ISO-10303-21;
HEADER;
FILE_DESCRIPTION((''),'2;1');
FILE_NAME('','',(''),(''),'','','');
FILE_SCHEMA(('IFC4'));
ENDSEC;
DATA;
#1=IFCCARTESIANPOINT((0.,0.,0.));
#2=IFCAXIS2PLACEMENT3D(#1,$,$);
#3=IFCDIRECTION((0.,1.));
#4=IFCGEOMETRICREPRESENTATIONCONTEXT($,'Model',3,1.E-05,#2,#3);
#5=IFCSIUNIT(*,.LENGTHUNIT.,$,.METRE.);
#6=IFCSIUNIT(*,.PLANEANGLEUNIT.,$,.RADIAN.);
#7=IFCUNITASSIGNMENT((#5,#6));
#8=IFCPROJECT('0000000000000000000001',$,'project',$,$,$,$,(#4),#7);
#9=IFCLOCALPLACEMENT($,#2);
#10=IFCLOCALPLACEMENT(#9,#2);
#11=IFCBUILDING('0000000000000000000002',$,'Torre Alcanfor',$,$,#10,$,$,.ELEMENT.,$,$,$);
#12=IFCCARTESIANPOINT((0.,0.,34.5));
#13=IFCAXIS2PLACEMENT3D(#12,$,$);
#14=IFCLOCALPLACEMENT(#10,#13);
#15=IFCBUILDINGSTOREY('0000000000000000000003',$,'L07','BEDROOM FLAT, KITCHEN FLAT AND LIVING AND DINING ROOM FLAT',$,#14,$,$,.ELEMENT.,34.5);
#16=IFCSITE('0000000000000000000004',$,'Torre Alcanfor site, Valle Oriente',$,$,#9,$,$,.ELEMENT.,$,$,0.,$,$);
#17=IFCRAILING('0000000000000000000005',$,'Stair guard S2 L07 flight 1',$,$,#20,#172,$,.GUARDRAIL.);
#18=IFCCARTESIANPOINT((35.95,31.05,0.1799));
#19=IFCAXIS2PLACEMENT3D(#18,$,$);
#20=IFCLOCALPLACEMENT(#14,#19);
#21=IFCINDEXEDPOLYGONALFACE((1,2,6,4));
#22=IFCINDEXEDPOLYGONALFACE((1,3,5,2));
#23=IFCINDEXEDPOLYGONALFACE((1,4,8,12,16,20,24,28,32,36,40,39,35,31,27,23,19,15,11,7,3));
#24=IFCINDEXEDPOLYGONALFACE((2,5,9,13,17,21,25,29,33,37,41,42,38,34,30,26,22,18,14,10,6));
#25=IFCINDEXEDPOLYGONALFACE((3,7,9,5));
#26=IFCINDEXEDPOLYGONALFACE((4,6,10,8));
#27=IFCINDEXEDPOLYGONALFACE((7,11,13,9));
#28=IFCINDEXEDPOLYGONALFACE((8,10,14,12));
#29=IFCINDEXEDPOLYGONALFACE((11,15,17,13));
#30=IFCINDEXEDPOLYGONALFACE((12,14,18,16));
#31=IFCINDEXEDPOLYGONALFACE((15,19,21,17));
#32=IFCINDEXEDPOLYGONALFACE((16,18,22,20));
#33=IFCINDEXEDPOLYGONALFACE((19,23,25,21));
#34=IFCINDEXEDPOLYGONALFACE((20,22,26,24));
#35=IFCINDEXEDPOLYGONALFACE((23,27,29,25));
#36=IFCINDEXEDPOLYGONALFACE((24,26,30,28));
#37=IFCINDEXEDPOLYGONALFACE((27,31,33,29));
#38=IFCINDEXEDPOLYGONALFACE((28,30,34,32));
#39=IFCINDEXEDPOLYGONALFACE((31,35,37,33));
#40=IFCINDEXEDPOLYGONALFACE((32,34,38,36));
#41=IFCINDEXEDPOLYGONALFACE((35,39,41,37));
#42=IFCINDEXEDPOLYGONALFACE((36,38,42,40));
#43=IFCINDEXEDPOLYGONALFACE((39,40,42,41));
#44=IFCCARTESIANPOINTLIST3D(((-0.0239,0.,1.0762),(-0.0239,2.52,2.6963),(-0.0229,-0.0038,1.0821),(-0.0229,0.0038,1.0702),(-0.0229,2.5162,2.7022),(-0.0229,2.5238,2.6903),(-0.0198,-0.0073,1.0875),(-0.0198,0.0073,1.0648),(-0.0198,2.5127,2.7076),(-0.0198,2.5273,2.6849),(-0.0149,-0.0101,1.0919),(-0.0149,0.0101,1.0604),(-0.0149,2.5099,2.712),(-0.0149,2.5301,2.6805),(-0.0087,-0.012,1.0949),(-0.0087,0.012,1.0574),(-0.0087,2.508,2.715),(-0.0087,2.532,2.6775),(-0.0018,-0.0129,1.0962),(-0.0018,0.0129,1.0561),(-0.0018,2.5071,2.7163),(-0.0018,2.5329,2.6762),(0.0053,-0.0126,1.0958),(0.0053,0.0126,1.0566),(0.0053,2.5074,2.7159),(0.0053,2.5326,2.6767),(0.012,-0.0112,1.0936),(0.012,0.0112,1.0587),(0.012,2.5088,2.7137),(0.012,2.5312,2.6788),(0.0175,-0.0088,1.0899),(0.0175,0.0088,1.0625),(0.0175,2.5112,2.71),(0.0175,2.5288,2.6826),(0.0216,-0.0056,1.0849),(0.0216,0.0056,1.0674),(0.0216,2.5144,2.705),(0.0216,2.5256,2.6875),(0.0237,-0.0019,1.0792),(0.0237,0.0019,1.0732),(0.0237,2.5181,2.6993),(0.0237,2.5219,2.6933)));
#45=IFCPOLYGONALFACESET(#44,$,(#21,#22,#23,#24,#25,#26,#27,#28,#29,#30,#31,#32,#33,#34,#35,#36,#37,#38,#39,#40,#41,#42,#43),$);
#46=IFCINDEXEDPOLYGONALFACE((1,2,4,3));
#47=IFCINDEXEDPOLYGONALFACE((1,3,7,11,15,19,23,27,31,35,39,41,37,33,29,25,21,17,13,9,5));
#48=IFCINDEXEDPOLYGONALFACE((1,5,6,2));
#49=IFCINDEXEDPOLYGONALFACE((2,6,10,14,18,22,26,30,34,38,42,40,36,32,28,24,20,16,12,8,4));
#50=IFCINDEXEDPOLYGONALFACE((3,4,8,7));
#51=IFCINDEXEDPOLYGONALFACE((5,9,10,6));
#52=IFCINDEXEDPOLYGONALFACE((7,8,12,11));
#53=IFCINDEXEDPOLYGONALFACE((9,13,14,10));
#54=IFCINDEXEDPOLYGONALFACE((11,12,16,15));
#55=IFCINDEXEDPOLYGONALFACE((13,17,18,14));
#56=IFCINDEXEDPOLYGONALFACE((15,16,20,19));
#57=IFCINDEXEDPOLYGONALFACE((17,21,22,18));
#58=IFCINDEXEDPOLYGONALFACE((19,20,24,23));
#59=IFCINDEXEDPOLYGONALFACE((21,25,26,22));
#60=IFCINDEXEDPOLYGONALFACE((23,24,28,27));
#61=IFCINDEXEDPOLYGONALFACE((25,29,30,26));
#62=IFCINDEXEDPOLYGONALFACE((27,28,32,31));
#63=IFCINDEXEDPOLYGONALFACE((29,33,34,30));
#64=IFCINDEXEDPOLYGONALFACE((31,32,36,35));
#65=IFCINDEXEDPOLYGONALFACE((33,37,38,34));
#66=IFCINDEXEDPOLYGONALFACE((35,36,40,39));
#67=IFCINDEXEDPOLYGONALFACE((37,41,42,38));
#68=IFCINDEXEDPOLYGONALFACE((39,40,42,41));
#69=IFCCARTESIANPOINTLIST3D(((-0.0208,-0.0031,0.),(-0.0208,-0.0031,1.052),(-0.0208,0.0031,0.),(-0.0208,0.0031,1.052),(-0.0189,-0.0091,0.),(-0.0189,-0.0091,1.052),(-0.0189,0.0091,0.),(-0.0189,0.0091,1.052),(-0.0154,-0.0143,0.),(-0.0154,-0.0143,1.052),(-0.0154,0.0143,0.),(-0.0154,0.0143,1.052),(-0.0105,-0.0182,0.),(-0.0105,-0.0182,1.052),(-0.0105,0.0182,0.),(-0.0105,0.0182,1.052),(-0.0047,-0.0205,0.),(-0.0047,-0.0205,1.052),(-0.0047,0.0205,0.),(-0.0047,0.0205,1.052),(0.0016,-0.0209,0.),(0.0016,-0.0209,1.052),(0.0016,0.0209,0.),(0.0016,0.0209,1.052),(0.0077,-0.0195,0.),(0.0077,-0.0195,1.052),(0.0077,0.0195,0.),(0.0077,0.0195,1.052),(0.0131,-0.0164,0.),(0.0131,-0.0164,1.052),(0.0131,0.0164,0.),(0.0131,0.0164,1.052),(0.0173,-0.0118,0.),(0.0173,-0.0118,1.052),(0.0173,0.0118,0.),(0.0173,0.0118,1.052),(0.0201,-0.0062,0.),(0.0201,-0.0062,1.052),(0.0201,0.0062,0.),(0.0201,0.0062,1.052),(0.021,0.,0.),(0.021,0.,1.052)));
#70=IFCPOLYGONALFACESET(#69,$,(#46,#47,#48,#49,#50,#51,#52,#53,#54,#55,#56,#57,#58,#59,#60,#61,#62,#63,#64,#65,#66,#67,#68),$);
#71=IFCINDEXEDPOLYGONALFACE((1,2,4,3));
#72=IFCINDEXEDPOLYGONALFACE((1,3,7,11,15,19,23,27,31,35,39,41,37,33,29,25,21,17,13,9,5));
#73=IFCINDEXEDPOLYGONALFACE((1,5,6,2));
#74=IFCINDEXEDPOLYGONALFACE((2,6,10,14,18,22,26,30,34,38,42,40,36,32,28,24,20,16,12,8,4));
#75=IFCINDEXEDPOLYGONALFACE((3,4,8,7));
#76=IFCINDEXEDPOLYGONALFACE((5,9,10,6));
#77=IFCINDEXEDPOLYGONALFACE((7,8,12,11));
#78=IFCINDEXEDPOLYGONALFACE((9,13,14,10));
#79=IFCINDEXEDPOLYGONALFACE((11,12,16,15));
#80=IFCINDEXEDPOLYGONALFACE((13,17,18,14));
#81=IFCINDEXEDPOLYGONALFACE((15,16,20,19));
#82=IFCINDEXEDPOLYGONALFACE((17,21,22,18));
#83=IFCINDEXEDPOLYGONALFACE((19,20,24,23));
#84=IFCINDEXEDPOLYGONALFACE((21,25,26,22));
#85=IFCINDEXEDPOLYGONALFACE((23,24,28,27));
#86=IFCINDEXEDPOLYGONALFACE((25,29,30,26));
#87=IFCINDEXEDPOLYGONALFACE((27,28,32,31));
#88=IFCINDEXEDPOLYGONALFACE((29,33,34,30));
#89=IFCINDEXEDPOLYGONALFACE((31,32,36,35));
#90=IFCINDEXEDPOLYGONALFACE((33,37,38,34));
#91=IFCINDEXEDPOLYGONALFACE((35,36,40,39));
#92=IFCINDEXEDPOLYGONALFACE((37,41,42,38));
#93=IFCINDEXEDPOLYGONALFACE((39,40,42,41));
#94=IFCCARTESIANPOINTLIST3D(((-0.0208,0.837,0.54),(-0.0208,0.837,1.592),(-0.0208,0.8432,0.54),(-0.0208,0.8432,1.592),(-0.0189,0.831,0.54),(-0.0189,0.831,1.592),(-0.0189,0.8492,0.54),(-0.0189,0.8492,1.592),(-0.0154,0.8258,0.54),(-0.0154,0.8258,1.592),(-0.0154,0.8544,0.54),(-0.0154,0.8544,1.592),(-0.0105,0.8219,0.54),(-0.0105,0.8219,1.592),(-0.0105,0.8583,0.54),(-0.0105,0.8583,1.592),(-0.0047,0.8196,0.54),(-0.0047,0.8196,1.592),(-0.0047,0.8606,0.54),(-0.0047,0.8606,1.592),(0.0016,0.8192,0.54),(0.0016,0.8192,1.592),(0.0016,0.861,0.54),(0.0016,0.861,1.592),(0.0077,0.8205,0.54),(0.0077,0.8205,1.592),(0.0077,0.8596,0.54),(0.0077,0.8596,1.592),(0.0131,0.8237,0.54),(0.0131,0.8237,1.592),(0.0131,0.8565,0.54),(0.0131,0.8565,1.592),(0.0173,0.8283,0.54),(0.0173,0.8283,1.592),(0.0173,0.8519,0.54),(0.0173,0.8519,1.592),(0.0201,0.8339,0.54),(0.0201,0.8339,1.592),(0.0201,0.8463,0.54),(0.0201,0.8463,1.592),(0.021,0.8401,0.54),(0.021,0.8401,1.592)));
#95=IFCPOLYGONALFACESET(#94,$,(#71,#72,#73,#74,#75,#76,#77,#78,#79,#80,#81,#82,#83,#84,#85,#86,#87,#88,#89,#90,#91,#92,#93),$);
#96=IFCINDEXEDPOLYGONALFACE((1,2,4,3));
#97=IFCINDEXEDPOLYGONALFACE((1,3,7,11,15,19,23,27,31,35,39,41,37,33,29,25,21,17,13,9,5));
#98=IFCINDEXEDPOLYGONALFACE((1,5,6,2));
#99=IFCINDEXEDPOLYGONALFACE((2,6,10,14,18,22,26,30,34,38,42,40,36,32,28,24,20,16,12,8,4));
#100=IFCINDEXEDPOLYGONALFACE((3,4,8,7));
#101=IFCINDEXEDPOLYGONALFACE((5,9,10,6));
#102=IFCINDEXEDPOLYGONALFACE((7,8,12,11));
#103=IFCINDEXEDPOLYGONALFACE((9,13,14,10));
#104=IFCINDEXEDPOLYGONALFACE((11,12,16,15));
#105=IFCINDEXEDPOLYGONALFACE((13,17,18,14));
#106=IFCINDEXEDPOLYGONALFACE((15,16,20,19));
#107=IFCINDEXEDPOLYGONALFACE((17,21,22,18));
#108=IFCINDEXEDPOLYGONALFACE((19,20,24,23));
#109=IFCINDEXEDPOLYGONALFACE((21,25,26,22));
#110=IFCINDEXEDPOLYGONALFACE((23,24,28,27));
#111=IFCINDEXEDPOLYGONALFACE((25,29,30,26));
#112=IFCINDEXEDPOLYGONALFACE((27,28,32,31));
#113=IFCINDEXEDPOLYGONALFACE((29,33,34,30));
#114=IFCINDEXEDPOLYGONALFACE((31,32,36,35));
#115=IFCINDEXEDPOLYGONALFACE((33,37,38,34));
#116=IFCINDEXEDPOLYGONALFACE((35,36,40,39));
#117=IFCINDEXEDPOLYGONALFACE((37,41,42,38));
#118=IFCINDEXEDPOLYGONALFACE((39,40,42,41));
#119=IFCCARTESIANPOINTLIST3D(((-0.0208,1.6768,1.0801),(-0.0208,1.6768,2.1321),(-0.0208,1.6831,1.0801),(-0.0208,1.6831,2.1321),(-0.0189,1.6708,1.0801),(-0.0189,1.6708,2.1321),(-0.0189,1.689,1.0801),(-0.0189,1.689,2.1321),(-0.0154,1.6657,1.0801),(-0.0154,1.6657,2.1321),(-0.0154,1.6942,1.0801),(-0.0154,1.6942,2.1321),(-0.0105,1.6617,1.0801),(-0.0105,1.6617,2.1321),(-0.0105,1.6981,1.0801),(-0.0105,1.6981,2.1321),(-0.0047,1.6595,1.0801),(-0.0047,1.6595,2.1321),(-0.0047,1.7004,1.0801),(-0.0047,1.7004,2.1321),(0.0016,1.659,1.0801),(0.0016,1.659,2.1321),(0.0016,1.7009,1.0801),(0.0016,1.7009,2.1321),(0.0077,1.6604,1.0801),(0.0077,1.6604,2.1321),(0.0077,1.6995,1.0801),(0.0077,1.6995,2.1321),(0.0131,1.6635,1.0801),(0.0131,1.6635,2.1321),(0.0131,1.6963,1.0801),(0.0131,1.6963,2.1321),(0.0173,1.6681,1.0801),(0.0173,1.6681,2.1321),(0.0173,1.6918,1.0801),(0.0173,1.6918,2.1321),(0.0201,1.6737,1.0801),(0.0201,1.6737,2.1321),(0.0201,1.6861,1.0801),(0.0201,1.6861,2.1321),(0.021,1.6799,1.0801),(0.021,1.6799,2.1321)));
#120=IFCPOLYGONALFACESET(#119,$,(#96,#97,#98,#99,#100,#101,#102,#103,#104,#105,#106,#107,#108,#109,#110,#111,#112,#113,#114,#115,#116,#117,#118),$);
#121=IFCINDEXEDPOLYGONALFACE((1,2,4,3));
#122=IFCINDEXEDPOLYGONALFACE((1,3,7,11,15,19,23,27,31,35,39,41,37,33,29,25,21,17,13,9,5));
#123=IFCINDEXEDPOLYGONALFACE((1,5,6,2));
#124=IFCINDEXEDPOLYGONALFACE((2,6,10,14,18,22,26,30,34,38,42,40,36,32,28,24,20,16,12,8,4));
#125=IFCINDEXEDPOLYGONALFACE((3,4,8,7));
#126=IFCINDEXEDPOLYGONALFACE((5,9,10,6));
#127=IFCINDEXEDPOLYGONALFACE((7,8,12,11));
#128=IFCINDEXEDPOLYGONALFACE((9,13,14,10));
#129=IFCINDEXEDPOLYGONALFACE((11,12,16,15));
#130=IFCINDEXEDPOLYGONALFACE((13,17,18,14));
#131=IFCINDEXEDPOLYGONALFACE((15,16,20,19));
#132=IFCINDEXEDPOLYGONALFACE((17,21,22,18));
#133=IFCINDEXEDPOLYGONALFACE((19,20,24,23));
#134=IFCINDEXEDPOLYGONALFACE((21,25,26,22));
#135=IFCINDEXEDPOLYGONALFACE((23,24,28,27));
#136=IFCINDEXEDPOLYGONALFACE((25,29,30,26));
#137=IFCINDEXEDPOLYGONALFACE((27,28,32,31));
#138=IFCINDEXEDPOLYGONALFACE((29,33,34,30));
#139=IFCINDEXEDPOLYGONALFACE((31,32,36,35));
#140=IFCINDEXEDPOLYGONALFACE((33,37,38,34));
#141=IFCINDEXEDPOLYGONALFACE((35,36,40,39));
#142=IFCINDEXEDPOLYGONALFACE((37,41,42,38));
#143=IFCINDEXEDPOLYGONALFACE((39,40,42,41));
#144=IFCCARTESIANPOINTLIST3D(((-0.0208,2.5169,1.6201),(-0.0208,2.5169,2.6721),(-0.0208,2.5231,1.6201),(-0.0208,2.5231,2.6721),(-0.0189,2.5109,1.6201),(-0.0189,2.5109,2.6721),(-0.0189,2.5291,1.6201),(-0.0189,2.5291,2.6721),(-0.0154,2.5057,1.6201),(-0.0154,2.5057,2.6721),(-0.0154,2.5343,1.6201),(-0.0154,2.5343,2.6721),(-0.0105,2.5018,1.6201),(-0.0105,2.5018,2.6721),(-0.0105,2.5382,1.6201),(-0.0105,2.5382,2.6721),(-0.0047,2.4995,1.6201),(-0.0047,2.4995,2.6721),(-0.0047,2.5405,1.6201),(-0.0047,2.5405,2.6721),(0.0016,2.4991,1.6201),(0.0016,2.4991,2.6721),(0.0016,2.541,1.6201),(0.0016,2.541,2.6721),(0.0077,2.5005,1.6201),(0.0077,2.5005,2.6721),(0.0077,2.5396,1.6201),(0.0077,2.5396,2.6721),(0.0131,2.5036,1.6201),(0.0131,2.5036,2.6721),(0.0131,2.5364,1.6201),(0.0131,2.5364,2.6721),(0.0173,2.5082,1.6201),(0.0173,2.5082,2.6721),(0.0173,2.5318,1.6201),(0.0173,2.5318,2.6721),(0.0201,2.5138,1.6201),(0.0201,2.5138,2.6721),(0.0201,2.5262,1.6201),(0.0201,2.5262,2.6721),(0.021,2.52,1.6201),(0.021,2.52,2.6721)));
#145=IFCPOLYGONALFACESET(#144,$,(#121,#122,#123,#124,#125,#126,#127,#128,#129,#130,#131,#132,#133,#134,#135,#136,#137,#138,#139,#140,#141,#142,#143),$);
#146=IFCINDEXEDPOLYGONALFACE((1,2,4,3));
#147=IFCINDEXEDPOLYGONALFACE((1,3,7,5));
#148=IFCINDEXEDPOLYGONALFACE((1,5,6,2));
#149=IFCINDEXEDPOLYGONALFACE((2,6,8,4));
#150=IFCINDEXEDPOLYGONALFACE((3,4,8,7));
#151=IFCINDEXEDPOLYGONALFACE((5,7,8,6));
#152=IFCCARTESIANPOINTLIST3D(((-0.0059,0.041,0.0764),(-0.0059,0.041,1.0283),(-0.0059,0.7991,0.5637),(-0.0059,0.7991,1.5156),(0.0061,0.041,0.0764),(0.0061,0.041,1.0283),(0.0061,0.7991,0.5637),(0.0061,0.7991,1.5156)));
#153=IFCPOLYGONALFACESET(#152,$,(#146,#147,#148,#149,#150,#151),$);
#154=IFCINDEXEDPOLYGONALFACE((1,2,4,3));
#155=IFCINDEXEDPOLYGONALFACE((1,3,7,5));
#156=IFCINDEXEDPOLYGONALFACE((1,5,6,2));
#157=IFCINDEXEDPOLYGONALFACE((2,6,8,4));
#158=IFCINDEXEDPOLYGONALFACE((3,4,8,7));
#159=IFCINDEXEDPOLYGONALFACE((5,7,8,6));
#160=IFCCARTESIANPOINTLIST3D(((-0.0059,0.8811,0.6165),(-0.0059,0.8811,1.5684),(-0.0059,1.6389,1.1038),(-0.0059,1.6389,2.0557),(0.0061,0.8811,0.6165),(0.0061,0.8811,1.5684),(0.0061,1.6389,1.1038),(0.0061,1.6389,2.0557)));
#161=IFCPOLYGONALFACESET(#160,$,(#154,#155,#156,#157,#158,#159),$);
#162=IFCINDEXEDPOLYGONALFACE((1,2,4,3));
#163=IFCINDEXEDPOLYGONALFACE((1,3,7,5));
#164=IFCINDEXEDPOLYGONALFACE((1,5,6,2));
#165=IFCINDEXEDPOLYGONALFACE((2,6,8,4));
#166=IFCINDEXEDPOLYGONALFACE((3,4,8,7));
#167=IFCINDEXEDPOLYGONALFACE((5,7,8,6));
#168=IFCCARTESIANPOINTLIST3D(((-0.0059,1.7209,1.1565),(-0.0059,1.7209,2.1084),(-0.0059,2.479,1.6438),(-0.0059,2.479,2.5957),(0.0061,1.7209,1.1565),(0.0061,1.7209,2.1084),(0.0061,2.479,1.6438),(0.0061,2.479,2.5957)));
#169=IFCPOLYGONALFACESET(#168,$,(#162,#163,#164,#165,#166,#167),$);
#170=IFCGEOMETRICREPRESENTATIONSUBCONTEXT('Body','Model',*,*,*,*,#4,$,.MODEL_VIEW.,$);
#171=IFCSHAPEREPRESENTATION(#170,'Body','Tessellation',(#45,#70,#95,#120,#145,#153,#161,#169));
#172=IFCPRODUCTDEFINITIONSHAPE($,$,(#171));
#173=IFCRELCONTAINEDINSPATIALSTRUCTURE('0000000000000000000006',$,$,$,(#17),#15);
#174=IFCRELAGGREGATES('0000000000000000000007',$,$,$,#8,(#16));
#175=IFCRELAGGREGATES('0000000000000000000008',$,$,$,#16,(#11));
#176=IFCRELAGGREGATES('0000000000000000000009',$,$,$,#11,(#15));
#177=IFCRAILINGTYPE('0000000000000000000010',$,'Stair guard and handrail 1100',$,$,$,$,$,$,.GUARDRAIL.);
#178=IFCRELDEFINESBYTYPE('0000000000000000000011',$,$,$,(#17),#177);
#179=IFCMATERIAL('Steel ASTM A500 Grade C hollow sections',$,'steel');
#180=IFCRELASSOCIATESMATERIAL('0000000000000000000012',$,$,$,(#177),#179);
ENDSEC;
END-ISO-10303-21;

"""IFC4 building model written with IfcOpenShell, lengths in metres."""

from ifc_helpers import new_model, si_unit, direction, frame, origin, origin_2d, place, context, subcontext, project, spatial, polyline, circle, outline, extrude, material, type_object, element, save


model = new_model("IFC4")

# Units and contexts
model_context = context("Model", 3, precision=1e-05, world=origin(), true_north=direction((0.0, 1.0)))
body_context = subcontext(model_context, "Body", "Model", "MODEL_VIEW")
ifc_project = project(units=[si_unit("LENGTHUNIT", "METRE"), si_unit("PLANEANGLEUNIT", "RADIAN")], contexts=[model_context])

# Site, building, storey
site_placement = place(None, origin())
site = spatial("IfcSite", under=ifc_project, at=site_placement, Name="Torre Alcanfor site, Valle Oriente", CompositionType="ELEMENT", RefElevation=0.0)
building_placement = place(site_placement, origin())
building = spatial("IfcBuilding", under=site, at=building_placement, Name="Torre Alcanfor", CompositionType="ELEMENT")
storey_placement = place(building_placement, frame((0.0, 0.0, 34.5)))
storey = spatial("IfcBuildingStorey", under=building, at=storey_placement, Name="L07", Description="BEDROOM FLAT, KITCHEN FLAT AND LIVING AND DINING ROOM FLAT", CompositionType="ELEMENT", Elevation=34.5)

# Railing
ifc_material_1 = material(Name="Steel ASTM A500 Grade C hollow sections", Category="steel")
railing_type_1 = type_object("IfcRailingType", Name="Stair guard and handrail 1100", PredefinedType="GUARDRAIL", material=ifc_material_1)
railing_1_placement = place(storey_placement, frame((35.95, 31.05, 0.1799)))
element("IfcRailing", 1, at=railing_1_placement, inside=storey, type_object=railing_type_1, Name="Stair guard S2 L07 flight 1", PredefinedType="GUARDRAIL", context=body_context, shape_type="SweptSolid", body=[
    extrude(circle(Radius=0.0239, at=origin_2d()), frame((0.0, 0.0, 1.0762), z_axis=(0.0, 0.841163, 0.540782), x_axis=(-1.0, 0.0, 0.0)), (0.0, 0.0, 1.0), 2.9958),
    extrude(circle(Radius=0.021, at=origin_2d()), origin(), (0.0, 0.0, 1.0), 1.052),
    extrude(circle(Radius=0.021, at=origin_2d()), frame((0.0, 0.8401, 0.54)), (0.0, 0.0, 1.0), 1.052),
    extrude(circle(Radius=0.021, at=origin_2d()), frame((0.0, 1.6799, 1.0801)), (0.0, 0.0, 1.0), 1.052),
    extrude(circle(Radius=0.021, at=origin_2d()), frame((0.0, 2.52, 1.6201)), (0.0, 0.0, 1.0), 1.052),
    extrude(outline(polyline([(0.041, 0.0764), (0.7991, 0.5637), (0.7991, 1.5156), (0.041, 1.0283), (0.041, 0.0764)])), frame((-0.0059, 0.0, 0.0), z_axis=(1.0, 0.0, 0.0), x_axis=(0.0, 1.0, 0.0)), (0.0, 0.0, 1.0), 0.012),
    extrude(outline(polyline([(0.8811, 0.6165), (1.6389, 1.1038), (1.6389, 2.0557), (0.8811, 1.5684), (0.8811, 0.6165)])), frame((-0.0059, 0.0, 0.0), z_axis=(1.0, 0.0, 0.0), x_axis=(0.0, 1.0, 0.0)), (0.0, 0.0, 1.0), 0.012),
    extrude(outline(polyline([(1.7209, 1.1565), (2.479, 1.6438), (2.479, 2.5957), (1.7209, 2.1084), (1.7209, 1.1565)])), frame((-0.0059, 0.0, 0.0), z_axis=(1.0, 0.0, 0.0), x_axis=(0.0, 1.0, 0.0)), (0.0, 0.0, 1.0), 0.012),
])

save(model, "model.ifc")
